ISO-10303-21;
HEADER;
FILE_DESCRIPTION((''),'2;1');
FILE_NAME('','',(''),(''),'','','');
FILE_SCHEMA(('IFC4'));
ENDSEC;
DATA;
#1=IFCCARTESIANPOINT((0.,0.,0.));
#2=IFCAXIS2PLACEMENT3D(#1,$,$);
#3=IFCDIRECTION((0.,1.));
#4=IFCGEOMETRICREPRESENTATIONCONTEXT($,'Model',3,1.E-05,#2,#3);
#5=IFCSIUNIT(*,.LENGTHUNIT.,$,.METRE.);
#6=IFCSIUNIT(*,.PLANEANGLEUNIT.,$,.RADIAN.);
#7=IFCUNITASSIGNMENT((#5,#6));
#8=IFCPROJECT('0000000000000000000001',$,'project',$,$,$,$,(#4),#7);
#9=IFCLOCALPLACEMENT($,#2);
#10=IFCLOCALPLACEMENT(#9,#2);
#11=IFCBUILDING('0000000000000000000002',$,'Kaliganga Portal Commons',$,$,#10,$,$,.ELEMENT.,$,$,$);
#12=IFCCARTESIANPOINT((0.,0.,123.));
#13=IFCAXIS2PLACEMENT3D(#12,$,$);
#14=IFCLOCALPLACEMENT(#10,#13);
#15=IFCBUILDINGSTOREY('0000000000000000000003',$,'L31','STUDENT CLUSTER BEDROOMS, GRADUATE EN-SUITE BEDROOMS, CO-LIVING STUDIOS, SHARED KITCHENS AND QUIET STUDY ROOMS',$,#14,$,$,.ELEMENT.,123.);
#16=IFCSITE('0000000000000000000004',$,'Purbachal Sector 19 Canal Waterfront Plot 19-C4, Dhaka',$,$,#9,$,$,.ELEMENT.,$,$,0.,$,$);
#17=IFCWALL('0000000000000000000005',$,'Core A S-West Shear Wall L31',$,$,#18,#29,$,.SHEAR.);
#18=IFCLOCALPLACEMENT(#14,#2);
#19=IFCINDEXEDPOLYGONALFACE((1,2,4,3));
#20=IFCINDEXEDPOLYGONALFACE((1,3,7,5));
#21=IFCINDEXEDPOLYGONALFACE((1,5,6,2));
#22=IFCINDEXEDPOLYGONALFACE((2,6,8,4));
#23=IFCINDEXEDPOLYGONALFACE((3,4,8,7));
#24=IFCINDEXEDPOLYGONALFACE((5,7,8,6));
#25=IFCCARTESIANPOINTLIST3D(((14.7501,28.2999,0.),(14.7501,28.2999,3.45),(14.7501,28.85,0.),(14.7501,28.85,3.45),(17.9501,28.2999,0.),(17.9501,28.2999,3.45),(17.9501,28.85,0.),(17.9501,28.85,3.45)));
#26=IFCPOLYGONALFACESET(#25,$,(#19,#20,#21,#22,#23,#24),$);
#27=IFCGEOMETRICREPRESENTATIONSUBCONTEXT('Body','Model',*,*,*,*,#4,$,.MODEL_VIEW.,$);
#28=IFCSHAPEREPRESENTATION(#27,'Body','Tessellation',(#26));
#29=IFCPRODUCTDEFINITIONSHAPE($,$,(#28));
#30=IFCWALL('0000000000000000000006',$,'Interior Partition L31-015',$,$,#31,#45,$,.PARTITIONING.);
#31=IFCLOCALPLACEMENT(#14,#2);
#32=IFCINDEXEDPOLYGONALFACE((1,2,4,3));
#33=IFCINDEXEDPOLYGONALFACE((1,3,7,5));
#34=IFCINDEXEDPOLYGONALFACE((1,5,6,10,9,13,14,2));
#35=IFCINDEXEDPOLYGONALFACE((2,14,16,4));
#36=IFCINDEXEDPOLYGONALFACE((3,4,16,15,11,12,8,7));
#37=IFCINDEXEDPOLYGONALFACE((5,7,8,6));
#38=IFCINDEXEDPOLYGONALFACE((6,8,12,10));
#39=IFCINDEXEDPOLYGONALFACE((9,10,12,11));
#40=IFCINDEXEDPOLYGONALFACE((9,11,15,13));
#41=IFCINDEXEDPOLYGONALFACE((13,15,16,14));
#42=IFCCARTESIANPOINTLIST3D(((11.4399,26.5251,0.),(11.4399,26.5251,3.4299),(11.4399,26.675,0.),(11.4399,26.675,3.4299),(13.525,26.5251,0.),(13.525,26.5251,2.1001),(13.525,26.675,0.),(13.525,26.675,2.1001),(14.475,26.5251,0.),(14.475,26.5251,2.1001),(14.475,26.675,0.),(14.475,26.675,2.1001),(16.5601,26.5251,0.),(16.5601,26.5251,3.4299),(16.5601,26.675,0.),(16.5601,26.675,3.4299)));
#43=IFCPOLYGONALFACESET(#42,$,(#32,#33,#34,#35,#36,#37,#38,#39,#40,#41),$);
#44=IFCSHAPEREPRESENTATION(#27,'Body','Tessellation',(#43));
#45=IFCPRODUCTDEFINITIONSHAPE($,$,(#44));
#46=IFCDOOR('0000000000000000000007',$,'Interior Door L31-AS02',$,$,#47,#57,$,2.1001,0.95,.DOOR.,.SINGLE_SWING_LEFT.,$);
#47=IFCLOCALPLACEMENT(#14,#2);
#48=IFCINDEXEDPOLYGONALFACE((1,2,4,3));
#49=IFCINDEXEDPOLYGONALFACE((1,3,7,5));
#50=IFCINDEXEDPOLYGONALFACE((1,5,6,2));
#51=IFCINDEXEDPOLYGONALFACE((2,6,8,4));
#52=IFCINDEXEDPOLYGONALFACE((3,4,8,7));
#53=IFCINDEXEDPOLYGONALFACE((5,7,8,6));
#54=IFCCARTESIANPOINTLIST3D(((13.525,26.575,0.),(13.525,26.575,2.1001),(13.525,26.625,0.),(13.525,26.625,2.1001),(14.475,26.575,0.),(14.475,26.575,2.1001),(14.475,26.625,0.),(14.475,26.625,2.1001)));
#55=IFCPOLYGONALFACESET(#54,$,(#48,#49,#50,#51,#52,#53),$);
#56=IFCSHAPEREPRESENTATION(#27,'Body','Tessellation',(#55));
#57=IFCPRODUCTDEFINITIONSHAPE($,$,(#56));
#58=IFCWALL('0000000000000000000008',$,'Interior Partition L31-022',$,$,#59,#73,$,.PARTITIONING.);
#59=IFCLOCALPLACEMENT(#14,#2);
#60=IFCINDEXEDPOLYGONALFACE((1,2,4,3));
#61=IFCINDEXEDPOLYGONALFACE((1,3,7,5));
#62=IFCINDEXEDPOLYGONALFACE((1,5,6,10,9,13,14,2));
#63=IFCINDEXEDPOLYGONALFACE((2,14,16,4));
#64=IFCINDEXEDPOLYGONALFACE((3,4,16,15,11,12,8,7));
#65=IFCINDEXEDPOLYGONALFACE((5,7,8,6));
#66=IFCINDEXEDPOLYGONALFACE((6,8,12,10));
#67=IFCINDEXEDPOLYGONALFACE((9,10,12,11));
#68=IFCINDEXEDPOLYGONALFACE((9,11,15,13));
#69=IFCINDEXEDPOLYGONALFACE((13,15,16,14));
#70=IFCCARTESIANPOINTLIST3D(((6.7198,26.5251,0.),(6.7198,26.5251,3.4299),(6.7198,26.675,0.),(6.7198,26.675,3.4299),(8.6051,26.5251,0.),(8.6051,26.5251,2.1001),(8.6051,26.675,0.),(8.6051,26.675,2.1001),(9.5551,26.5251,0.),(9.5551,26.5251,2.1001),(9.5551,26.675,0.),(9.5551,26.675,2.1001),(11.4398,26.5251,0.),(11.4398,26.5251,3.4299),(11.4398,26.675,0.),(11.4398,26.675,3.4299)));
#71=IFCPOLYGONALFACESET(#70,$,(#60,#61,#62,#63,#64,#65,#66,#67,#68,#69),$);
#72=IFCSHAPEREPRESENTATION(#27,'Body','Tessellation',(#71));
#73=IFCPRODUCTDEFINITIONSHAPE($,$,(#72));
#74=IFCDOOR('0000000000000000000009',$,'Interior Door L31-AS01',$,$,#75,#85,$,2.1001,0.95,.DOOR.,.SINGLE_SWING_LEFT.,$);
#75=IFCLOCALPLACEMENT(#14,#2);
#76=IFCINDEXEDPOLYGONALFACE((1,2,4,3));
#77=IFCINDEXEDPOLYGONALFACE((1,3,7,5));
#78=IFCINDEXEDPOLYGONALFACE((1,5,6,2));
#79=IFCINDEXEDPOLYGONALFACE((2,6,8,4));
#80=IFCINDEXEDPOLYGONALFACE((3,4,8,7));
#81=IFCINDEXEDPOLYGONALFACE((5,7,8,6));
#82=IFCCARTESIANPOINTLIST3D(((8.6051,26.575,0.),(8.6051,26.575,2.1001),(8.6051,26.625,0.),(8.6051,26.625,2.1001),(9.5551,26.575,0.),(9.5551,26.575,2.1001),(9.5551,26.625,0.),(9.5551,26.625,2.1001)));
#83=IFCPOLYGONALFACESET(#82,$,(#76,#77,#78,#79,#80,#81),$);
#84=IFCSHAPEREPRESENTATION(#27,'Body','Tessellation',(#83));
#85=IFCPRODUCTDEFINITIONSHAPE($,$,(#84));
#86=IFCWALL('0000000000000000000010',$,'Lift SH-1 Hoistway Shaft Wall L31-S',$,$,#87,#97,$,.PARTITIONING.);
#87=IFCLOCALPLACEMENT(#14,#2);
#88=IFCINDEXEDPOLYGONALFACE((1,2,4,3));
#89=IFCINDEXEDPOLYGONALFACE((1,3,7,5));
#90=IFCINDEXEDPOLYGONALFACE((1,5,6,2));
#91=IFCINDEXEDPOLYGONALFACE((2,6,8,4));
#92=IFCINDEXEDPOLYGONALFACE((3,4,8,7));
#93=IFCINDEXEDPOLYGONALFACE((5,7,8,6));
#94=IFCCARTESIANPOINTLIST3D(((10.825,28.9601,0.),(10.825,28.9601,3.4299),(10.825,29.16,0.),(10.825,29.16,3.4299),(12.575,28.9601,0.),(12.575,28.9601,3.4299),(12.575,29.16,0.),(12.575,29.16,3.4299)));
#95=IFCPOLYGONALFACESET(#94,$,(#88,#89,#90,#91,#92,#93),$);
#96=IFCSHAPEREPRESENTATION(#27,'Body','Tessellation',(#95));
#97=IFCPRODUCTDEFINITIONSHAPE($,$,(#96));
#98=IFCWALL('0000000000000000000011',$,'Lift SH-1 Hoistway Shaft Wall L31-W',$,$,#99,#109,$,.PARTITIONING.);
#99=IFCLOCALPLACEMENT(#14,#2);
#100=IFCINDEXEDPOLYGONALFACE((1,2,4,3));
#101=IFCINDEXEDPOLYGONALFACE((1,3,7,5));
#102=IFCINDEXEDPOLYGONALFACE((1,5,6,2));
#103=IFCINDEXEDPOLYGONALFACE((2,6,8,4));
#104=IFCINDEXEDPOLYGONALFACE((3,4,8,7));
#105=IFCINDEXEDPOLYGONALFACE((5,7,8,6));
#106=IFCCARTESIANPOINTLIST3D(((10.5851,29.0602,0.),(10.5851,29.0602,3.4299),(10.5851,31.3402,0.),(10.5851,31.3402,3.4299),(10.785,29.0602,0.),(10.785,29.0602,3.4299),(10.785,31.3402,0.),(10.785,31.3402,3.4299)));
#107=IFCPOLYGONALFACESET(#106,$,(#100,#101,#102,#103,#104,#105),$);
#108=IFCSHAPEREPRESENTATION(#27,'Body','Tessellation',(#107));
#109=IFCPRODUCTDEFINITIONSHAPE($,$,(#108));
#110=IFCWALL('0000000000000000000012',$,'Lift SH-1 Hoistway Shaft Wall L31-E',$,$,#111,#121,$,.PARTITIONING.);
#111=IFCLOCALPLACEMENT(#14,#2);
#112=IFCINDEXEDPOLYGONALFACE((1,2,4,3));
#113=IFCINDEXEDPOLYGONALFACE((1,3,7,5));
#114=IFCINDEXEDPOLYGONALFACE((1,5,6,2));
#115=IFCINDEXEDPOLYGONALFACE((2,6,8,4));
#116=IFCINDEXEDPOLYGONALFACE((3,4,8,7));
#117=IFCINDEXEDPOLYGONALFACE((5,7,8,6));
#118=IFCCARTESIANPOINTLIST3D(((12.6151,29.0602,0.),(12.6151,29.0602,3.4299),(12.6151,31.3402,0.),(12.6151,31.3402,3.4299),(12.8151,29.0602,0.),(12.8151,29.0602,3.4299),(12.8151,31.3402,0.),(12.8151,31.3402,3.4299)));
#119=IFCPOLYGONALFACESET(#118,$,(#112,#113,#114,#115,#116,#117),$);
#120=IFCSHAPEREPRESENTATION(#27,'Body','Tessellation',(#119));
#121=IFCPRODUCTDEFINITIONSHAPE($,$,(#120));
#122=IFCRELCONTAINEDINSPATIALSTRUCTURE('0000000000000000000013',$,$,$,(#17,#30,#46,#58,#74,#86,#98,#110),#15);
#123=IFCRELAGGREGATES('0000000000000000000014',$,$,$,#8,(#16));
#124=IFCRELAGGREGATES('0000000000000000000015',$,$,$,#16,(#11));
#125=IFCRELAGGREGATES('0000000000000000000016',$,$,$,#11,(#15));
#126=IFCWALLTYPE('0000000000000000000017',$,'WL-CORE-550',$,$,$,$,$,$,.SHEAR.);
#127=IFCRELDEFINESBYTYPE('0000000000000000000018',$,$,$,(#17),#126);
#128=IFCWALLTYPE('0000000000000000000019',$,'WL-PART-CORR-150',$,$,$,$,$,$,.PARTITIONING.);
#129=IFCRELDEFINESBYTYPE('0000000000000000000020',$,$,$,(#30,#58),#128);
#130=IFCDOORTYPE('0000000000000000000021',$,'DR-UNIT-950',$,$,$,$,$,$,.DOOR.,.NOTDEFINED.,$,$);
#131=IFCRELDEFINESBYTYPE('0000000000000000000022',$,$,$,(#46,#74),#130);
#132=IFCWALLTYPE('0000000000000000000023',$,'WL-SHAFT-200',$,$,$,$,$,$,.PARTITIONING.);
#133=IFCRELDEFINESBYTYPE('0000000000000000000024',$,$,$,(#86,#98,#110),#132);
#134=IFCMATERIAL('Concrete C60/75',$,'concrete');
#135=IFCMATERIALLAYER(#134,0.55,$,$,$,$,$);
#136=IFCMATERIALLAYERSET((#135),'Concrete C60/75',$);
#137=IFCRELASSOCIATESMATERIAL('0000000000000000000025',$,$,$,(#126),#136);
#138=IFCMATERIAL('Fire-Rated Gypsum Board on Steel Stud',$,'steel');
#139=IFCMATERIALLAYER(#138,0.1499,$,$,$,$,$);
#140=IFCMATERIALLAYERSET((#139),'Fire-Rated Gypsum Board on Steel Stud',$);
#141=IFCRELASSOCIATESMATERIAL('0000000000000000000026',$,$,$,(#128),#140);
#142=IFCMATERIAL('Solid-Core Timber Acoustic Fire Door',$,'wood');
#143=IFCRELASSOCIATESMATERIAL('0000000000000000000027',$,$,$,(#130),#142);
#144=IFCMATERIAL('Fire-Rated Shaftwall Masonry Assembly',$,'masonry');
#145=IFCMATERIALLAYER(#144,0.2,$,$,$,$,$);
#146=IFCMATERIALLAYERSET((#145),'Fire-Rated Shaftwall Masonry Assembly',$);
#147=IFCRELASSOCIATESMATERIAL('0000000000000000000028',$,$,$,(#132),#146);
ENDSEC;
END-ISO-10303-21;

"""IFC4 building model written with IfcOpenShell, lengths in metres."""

from ifc_helpers import new_model, si_unit, direction, frame, frame_2d, origin, place, context, subcontext, project, spatial, rectangle, extrude, material, layer, layer_set, type_object, element, fill, save


model = new_model("IFC4")

# Units and contexts
model_context = context("Model", 3, precision=1e-05, world=origin(), true_north=direction((0.0, 1.0)))
body_context = subcontext(model_context, "Body", "Model", "MODEL_VIEW")
ifc_project = project(units=[si_unit("LENGTHUNIT", "METRE"), si_unit("PLANEANGLEUNIT", "RADIAN")], contexts=[model_context])

# Site, building, storey
site_placement = place(None, origin())
site = spatial("IfcSite", under=ifc_project, at=site_placement, Name="Purbachal Sector 19 Canal Waterfront Plot 19-C4, Dhaka", CompositionType="ELEMENT", RefElevation=0.0)
building_placement = place(site_placement, origin())
building = spatial("IfcBuilding", under=site, at=building_placement, Name="Kaliganga Portal Commons", CompositionType="ELEMENT")
storey_placement = place(building_placement, frame((0.0, 0.0, 123.0)))
storey = spatial("IfcBuildingStorey", under=building, at=storey_placement, Name="L31", Description="STUDENT CLUSTER BEDROOMS, GRADUATE EN-SUITE BEDROOMS, CO-LIVING STUDIOS, SHARED KITCHENS AND QUIET STUDY ROOMS", CompositionType="ELEMENT", Elevation=123.0)

# Shared definitions
ifc_material_1 = material(Name="Concrete C60/75", Category="concrete")

# Wall
ifc_layer_1 = layer(ifc_material_1, 0.55)
ifc_layer_set_1 = layer_set([ifc_layer_1], Name="Concrete C60/75")
wall_type_1 = type_object("IfcWallType", Name="WL-CORE-550", PredefinedType="SHEAR", material=ifc_layer_set_1)
wall_1_placement = place(storey_placement, frame((14.75, 28.575, 0.0), z_axis=(0.0, 0.0, 1.0), x_axis=(1.0, 0.0, 0.0)))
element("IfcWall", 1, at=wall_1_placement, inside=storey, type_object=wall_type_1, Name="Core A S-West Shear Wall L31", PredefinedType="SHEAR", context=body_context, shape_type="SweptSolid", body=[
    extrude(rectangle(XDim=3.2, YDim=0.55, at=frame_2d((1.6001, 0.0))), origin(), (0.0, 0.0, 1.0), 3.45),
])

# Walls, openings, doors
ifc_material_2 = material(Name="Fire-Rated Gypsum Board on Steel Stud", Category="steel")
ifc_layer_2 = layer(ifc_material_2, 0.1499)
ifc_layer_set_2 = layer_set([ifc_layer_2], Name="Fire-Rated Gypsum Board on Steel Stud")
wall_type_2 = type_object("IfcWallType", Name="WL-PART-CORR-150", PredefinedType="PARTITIONING", material=ifc_layer_set_2)
wall_2_placement = place(storey_placement, frame((11.4399, 26.6001, 0.0), z_axis=(0.0, 0.0, 1.0), x_axis=(1.0, 0.0, 0.0)))
wall_2 = element("IfcWall", 2, at=wall_2_placement, inside=storey, type_object=wall_type_2, Name="Interior Partition L31-015", PredefinedType="PARTITIONING", context=body_context, shape_type="SweptSolid", body=[
    extrude(rectangle(XDim=5.1201, YDim=0.1499, at=frame_2d((2.5601, 0.0))), origin(), (0.0, 0.0, 1.0), 3.4299),
])
opening_1_placement = place(wall_2_placement, frame((2.085, 0.0, 0.0)))
opening_1 = element("IfcOpeningElement", 3, at=opening_1_placement, cuts=wall_2, PredefinedType="OPENING", context=body_context, shape_type="SweptSolid", body=[
    extrude(rectangle(XDim=0.95, YDim=2.1001, at=frame_2d((0.4751, 1.05))), frame((0.0, 0.085, 0.0), z_axis=(0.0, -1.0, 0.0), x_axis=(1.0, 0.0, 0.0)), (0.0, 0.0, 1.0), 0.1699),
])
ifc_material_3 = material(Name="Solid-Core Timber Acoustic Fire Door", Category="wood")
door_type = type_object("IfcDoorType", Name="DR-UNIT-950", OperationType="NOTDEFINED", PredefinedType="DOOR", material=ifc_material_3)
door_1_placement = place(opening_1_placement, origin())
door_1 = element("IfcDoor", 4, at=door_1_placement, inside=storey, type_object=door_type, Name="Interior Door L31-AS02", OperationType="SINGLE_SWING_LEFT", OverallHeight=2.1001, OverallWidth=0.95, PredefinedType="DOOR", context=body_context, shape_type="SweptSolid", body=[
    extrude(rectangle(XDim=0.95, YDim=2.1001, at=frame_2d((0.4751, 1.05))), frame((0.0, 0.0249, 0.0), z_axis=(0.0, -1.0, 0.0), x_axis=(1.0, 0.0, 0.0)), (0.0, 0.0, 1.0), 0.05),
])
fill(opening_1, door_1)
wall_3_placement = place(storey_placement, frame((6.72, 26.6001, 0.0), z_axis=(0.0, 0.0, 1.0), x_axis=(1.0, 0.0, 0.0)))
wall_3 = element("IfcWall", 5, at=wall_3_placement, inside=storey, type_object=wall_type_2, Name="Interior Partition L31-022", PredefinedType="PARTITIONING", context=body_context, shape_type="SweptSolid", body=[
    extrude(rectangle(XDim=4.72, YDim=0.1499, at=frame_2d((2.3599, 0.0))), origin(), (0.0, 0.0, 1.0), 3.4299),
])
opening_2_placement = place(wall_3_placement, frame((1.885, 0.0, 0.0)))
opening_2 = element("IfcOpeningElement", 6, at=opening_2_placement, cuts=wall_3, PredefinedType="OPENING", context=body_context, shape_type="SweptSolid", body=[
    extrude(rectangle(XDim=0.95, YDim=2.1001, at=frame_2d((0.4751, 1.05))), frame((0.0, 0.085, 0.0), z_axis=(0.0, -1.0, 0.0), x_axis=(1.0, 0.0, 0.0)), (0.0, 0.0, 1.0), 0.1699),
])
door_2_placement = place(opening_2_placement, origin())
door_2 = element("IfcDoor", 7, at=door_2_placement, inside=storey, type_object=door_type, Name="Interior Door L31-AS01", OperationType="SINGLE_SWING_LEFT", OverallHeight=2.1001, OverallWidth=0.95, PredefinedType="DOOR", context=body_context, shape_type="SweptSolid", body=[
    extrude(rectangle(XDim=0.95, YDim=2.1001, at=frame_2d((0.4751, 1.05))), frame((0.0, 0.0249, 0.0), z_axis=(0.0, -1.0, 0.0), x_axis=(1.0, 0.0, 0.0)), (0.0, 0.0, 1.0), 0.05),
])
fill(opening_2, door_2)

# Walls
ifc_material_4 = material(Name="Fire-Rated Shaftwall Masonry Assembly", Category="masonry")
ifc_layer_3 = layer(ifc_material_4, 0.2)
ifc_layer_set_3 = layer_set([ifc_layer_3], Name="Fire-Rated Shaftwall Masonry Assembly")
wall_type_3 = type_object("IfcWallType", Name="WL-SHAFT-200", PredefinedType="PARTITIONING", material=ifc_layer_set_3)
wall_4_placement = place(storey_placement, frame((10.825, 29.0601, 0.0), z_axis=(0.0, 0.0, 1.0), x_axis=(1.0, 0.0, 0.0)))
element("IfcWall", 8, at=wall_4_placement, inside=storey, type_object=wall_type_3, Name="Lift SH-1 Hoistway Shaft Wall L31-S", PredefinedType="PARTITIONING", context=body_context, shape_type="SweptSolid", body=[
    extrude(rectangle(XDim=1.75, YDim=0.2, at=frame_2d((0.875, 0.0))), origin(), (0.0, 0.0, 1.0), 3.4299),
])
for number, where, z_axis, x_axis, name in (
    (9, (10.6851, 29.0601, 0.0), (0.0, 0.0, 1.0), (0.0, 1.0, 0.0), "Lift SH-1 Hoistway Shaft Wall L31-W"),
    (10, (12.7151, 29.0601, 0.0), (0.0, 0.0, 1.0), (0.0, 1.0, 0.0), "Lift SH-1 Hoistway Shaft Wall L31-E"),
):
    element("IfcWall", number, at=place(storey_placement, frame(where, z_axis=z_axis, x_axis=x_axis)), inside=storey, type_object=wall_type_3, Name=name, PredefinedType="PARTITIONING", context=body_context, shape_type="SweptSolid", body=[
        extrude(rectangle(XDim=2.28, YDim=0.2, at=frame_2d((1.1401, 0.0))), origin(), (0.0, 0.0, 1.0), 3.4299),
    ])

save(model, "model.ifc")
